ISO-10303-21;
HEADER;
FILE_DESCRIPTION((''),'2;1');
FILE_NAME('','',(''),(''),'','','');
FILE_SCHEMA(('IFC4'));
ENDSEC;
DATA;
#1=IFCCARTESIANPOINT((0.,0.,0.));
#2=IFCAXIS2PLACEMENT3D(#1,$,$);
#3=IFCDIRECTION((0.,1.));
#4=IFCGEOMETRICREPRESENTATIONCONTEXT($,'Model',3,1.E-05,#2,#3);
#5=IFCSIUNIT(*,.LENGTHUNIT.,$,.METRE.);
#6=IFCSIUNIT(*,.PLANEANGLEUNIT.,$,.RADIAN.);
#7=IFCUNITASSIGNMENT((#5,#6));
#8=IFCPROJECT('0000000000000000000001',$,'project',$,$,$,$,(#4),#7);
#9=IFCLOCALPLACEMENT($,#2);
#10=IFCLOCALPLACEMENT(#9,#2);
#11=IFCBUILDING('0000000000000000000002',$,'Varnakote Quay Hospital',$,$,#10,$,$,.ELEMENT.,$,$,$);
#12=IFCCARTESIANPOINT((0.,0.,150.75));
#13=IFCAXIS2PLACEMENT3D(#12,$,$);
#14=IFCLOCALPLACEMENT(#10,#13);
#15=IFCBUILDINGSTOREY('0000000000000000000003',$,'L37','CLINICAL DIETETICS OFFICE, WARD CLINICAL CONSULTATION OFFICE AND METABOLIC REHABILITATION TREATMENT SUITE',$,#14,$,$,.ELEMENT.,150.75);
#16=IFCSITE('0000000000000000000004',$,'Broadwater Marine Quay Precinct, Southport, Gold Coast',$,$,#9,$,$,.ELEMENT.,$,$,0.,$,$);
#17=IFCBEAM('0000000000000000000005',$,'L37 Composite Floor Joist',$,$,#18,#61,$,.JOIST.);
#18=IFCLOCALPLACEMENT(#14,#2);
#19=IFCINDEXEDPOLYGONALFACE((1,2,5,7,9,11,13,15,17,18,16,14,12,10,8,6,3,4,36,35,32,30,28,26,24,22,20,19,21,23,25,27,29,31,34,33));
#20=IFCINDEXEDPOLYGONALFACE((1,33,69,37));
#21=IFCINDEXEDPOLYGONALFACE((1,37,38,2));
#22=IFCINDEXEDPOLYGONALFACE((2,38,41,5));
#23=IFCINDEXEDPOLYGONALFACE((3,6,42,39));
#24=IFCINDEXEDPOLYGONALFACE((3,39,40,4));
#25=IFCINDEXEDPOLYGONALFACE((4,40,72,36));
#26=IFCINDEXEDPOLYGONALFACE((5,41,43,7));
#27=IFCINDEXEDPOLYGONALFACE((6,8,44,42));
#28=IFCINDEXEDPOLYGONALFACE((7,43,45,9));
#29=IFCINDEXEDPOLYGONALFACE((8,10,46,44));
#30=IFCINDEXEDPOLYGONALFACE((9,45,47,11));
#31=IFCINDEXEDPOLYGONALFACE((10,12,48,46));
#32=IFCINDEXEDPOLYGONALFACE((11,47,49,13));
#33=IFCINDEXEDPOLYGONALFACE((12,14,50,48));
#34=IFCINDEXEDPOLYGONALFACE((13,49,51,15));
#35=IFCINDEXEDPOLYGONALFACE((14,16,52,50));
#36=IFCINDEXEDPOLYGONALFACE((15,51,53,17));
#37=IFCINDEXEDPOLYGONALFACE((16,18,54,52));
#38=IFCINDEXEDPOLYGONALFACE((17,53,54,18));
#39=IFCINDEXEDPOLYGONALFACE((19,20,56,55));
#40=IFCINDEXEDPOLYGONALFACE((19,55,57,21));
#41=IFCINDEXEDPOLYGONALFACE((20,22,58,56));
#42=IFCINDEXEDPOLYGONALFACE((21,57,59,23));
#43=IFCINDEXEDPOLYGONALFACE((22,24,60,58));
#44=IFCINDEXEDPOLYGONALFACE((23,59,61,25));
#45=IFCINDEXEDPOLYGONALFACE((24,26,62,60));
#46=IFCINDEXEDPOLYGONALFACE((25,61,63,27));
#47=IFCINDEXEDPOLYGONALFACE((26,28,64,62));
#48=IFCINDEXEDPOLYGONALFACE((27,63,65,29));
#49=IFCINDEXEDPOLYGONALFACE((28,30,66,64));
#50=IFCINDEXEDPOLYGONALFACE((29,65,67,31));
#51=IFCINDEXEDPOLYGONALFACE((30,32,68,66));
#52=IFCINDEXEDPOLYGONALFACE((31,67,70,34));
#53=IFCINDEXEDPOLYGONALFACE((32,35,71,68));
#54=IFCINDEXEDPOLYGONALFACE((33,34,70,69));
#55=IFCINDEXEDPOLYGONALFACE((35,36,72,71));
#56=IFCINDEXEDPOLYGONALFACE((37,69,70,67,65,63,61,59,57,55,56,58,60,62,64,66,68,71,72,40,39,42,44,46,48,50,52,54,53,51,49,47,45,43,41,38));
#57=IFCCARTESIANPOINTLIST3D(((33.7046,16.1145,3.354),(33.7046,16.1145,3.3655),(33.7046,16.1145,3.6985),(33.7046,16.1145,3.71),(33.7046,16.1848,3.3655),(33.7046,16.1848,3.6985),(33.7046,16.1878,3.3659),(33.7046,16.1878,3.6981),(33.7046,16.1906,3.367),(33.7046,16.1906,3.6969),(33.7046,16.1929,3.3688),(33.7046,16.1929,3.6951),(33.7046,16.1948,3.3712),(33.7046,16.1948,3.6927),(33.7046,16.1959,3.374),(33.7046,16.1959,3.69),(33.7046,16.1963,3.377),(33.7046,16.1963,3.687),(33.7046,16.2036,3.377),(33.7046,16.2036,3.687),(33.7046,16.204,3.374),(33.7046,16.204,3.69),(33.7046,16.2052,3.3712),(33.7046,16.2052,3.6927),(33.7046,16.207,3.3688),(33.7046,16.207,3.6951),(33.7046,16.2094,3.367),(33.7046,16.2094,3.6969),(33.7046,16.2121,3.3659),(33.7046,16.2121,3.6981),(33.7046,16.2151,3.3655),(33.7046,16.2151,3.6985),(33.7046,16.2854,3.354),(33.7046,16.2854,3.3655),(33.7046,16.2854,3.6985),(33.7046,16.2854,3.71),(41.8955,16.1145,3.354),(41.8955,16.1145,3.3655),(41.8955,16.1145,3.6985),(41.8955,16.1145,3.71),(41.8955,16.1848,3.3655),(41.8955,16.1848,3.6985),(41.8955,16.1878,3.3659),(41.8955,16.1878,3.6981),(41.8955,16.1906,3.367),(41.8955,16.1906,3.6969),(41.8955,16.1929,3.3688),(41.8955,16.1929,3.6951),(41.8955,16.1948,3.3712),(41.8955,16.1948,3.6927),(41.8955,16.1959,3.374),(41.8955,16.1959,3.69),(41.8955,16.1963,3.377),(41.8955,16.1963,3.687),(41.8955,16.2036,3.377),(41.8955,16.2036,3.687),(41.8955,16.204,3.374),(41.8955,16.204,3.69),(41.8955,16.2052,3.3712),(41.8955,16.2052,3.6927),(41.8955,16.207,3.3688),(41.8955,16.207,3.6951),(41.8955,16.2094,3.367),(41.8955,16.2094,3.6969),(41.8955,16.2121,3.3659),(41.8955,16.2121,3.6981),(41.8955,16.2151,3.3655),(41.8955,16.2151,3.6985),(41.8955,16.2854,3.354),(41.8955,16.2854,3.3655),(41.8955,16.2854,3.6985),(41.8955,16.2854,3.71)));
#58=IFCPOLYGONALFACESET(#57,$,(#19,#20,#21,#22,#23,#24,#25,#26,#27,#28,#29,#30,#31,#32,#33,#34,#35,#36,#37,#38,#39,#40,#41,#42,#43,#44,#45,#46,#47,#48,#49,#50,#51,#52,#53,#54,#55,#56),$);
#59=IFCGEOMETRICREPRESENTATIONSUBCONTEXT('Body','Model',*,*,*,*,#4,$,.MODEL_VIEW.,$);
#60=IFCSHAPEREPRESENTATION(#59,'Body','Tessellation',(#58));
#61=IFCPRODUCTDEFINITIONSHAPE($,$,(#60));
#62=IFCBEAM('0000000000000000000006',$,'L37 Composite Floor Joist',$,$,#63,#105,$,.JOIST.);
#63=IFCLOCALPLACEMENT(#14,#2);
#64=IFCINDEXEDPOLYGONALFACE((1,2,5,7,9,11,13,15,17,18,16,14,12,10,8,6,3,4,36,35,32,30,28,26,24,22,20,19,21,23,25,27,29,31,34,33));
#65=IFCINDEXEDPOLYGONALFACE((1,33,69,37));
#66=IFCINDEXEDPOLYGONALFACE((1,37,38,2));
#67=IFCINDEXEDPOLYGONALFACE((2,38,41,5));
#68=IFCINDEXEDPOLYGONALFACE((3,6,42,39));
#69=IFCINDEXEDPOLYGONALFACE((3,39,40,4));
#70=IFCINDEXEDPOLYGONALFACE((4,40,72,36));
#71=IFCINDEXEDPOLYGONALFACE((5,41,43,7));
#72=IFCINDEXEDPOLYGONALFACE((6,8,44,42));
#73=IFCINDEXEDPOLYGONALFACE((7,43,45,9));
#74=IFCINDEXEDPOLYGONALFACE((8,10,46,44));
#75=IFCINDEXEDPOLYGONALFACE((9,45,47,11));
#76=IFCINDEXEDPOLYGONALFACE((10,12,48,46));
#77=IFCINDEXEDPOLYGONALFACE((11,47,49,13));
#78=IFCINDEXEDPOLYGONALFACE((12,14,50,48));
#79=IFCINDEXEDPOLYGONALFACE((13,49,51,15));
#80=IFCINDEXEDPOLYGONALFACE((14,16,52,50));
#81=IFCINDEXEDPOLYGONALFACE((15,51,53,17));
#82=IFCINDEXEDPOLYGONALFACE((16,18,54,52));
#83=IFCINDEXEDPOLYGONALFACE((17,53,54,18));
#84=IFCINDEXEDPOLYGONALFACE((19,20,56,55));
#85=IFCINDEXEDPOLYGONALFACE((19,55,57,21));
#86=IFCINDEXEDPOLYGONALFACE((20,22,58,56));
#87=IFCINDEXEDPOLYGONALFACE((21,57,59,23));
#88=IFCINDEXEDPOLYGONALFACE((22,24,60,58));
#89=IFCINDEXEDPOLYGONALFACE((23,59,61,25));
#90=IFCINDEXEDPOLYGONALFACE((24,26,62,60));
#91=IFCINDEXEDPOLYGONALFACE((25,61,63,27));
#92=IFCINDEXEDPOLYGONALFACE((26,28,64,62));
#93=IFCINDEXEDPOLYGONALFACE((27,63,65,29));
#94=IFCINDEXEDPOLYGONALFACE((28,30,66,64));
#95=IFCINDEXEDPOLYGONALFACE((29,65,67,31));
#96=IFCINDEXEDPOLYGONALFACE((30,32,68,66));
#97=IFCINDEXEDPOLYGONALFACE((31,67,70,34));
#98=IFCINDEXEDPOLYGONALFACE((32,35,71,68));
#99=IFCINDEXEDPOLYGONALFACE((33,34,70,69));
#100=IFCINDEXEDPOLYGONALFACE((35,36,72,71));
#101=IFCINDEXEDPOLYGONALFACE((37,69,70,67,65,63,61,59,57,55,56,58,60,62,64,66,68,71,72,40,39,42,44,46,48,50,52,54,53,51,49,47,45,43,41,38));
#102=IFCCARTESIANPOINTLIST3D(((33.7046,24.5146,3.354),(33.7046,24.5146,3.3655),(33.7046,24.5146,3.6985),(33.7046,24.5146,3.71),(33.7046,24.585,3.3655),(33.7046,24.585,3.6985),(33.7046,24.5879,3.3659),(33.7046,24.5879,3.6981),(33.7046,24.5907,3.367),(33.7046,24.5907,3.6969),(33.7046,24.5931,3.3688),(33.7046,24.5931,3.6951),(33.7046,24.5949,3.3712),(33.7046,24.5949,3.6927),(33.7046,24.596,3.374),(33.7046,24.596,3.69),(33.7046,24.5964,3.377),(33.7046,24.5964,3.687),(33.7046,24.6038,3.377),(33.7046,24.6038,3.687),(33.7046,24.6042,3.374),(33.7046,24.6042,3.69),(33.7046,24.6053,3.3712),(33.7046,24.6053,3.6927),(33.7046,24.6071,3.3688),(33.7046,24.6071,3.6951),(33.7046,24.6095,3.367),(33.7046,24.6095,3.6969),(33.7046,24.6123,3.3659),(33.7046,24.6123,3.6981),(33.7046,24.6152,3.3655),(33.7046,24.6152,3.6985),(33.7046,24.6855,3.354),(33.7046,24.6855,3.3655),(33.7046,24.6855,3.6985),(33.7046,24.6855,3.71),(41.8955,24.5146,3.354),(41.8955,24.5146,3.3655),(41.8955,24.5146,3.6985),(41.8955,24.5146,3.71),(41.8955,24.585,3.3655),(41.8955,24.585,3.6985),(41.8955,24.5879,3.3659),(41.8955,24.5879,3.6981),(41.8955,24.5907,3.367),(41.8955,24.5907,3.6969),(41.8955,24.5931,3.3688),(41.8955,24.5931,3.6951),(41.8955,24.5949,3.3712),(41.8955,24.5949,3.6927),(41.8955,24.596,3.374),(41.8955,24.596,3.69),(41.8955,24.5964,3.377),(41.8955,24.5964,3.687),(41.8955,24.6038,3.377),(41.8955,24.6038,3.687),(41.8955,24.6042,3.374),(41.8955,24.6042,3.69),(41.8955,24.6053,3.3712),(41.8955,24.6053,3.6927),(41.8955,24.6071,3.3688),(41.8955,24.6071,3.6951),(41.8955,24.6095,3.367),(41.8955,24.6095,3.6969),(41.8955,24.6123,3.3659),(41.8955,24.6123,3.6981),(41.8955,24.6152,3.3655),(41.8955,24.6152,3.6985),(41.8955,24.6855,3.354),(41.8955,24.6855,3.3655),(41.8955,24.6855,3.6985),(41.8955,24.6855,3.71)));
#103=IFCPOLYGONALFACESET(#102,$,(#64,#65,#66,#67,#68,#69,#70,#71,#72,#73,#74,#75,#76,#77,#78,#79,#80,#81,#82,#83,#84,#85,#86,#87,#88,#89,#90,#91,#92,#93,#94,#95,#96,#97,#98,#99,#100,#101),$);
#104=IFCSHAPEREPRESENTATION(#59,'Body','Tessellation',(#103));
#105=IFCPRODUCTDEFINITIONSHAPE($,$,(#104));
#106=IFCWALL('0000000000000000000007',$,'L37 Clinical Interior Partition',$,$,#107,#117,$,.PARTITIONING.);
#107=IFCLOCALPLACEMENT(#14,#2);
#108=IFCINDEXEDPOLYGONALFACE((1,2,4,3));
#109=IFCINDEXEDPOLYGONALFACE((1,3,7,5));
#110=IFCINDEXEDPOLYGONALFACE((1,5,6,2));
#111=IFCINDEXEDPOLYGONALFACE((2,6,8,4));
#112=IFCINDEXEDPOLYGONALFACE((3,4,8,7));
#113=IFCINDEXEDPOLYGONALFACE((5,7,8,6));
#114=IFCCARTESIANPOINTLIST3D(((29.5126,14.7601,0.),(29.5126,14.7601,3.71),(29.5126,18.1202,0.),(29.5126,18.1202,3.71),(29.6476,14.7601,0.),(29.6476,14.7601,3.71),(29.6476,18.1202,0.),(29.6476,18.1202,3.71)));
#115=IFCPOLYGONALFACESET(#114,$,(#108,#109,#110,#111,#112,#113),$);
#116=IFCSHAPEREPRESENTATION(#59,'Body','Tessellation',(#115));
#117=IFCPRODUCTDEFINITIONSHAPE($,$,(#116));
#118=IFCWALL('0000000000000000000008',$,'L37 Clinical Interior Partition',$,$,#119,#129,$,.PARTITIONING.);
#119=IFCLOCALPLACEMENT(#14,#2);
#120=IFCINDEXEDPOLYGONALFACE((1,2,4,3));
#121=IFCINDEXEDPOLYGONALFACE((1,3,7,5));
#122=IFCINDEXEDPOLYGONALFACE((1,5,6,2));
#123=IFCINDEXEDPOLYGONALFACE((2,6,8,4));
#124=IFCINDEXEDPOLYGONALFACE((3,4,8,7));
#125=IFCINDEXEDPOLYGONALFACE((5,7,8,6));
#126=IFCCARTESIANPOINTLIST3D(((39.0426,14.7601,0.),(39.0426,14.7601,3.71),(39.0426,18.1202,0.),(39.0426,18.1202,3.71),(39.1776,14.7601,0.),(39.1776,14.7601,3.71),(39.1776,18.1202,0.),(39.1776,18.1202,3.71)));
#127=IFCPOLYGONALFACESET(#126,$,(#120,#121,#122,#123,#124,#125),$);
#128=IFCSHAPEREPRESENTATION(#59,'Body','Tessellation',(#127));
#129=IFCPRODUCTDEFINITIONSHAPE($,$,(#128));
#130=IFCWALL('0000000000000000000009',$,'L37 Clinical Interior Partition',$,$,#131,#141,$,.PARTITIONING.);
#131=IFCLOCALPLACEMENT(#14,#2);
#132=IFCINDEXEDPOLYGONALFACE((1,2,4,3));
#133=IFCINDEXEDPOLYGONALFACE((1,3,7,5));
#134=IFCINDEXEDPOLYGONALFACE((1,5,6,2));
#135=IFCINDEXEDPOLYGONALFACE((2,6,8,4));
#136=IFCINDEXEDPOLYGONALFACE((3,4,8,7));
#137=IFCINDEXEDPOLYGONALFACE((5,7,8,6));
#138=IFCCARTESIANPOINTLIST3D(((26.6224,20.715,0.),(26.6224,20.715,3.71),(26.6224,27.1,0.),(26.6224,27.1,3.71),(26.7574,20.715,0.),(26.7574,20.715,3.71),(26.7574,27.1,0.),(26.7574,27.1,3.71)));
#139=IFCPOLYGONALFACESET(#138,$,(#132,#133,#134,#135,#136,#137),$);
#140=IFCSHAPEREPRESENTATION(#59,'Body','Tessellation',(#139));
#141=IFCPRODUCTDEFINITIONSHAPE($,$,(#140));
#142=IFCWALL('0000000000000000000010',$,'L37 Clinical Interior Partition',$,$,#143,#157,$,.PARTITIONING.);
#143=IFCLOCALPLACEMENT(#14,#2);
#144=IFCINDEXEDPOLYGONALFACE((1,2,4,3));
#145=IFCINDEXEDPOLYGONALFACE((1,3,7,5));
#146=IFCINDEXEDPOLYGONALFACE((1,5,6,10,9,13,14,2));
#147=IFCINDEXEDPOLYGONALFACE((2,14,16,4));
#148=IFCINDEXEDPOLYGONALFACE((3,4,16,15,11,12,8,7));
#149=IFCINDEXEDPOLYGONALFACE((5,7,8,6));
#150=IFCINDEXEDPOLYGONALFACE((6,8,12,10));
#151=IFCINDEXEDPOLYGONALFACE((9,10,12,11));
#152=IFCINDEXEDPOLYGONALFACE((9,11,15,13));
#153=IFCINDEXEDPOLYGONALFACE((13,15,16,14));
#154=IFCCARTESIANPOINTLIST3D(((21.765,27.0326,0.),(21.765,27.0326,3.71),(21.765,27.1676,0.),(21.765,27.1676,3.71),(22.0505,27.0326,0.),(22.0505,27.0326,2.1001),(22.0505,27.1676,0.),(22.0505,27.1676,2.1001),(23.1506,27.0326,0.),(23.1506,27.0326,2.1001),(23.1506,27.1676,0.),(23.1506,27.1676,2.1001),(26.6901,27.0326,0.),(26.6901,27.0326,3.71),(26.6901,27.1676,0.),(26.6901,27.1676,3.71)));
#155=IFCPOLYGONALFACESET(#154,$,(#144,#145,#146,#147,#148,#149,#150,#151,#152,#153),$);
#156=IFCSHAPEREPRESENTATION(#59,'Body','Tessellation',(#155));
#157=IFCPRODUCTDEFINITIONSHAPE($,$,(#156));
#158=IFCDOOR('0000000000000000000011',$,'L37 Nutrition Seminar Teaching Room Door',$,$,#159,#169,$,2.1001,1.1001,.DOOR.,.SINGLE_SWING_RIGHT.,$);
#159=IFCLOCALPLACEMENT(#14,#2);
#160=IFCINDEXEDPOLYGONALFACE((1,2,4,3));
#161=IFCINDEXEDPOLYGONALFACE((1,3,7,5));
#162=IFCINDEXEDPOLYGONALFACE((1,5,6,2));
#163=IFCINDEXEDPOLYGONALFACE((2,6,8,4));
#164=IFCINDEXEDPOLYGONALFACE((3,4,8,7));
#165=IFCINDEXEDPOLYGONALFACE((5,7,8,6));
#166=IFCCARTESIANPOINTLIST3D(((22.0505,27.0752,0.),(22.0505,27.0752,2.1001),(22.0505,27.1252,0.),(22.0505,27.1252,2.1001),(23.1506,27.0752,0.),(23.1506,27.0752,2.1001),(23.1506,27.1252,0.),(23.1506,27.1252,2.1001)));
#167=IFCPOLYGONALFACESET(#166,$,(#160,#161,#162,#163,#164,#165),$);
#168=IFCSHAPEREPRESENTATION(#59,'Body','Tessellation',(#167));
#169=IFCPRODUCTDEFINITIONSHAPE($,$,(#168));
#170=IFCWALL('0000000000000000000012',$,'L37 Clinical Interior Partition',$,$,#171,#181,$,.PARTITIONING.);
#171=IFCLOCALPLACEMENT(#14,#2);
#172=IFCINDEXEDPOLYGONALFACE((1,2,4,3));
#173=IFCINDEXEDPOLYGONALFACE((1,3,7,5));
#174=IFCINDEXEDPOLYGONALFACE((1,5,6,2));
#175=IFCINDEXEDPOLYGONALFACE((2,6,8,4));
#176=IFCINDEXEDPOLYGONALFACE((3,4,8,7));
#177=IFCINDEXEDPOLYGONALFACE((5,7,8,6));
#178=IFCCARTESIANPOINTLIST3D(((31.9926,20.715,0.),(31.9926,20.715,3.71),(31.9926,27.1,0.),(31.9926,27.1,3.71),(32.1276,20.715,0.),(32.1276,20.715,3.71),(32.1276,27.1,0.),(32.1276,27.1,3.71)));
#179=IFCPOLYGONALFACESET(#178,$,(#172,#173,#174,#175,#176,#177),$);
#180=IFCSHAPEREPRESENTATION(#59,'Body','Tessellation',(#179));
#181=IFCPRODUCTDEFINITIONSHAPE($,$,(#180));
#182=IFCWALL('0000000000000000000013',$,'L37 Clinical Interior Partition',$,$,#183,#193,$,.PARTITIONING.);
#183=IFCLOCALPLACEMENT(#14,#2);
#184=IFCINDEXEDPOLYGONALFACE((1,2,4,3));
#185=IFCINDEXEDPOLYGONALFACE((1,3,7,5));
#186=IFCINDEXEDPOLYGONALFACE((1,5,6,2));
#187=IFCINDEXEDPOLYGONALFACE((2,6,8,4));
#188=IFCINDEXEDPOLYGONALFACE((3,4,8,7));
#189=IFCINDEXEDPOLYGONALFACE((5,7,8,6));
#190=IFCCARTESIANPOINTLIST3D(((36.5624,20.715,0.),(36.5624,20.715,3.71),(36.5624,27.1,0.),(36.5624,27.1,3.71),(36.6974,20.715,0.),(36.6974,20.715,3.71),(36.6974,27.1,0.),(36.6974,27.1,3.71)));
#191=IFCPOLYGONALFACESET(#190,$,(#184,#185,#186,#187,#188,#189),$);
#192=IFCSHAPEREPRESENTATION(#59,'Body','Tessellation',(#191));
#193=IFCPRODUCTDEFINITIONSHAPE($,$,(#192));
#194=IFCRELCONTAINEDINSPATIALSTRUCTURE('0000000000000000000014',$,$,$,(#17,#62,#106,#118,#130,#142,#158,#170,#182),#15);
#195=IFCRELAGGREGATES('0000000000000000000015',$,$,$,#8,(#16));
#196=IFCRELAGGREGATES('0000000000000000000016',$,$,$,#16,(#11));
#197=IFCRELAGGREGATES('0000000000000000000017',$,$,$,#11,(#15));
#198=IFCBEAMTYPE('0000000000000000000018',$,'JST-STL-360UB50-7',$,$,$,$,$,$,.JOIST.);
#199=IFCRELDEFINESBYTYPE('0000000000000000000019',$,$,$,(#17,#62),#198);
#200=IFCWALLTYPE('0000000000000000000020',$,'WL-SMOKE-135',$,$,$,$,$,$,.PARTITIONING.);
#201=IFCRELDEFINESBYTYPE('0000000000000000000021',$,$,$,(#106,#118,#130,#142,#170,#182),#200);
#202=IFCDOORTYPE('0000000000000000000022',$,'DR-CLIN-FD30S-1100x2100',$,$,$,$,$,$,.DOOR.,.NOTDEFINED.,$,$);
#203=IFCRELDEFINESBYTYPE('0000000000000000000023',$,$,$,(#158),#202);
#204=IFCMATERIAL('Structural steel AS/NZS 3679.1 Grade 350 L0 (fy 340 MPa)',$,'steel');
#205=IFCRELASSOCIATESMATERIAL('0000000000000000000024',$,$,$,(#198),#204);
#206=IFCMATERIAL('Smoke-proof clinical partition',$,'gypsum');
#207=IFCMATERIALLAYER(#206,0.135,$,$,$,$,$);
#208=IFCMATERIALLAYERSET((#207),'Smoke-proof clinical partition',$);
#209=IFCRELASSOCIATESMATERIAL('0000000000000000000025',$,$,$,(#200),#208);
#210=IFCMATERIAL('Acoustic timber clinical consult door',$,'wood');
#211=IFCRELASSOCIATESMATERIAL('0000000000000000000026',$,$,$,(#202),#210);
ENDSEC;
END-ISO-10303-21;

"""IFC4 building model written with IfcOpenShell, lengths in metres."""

from ifc_helpers import new_model, si_unit, direction, frame, frame_2d, origin, origin_2d, place, context, subcontext, project, spatial, rectangle, i_section, extrude, material, layer, layer_set, material_profile, profile_set, type_object, element, fill, save


model = new_model("IFC4")

# Units and contexts
model_context = context("Model", 3, precision=1e-05, world=origin(), true_north=direction((0.0, 1.0)))
body_context = subcontext(model_context, "Body", "Model", "MODEL_VIEW")
ifc_project = project(units=[si_unit("LENGTHUNIT", "METRE"), si_unit("PLANEANGLEUNIT", "RADIAN")], contexts=[model_context])

# Site, building, storey
site_placement = place(None, origin())
site = spatial("IfcSite", under=ifc_project, at=site_placement, Name="Broadwater Marine Quay Precinct, Southport, Gold Coast", CompositionType="ELEMENT", RefElevation=0.0)
building_placement = place(site_placement, origin())
building = spatial("IfcBuilding", under=site, at=building_placement, Name="Varnakote Quay Hospital", CompositionType="ELEMENT")
storey_placement = place(building_placement, frame((0.0, 0.0, 150.75)))
storey = spatial("IfcBuildingStorey", under=building, at=storey_placement, Name="L37", Description="CLINICAL DIETETICS OFFICE, WARD CLINICAL CONSULTATION OFFICE AND METABOLIC REHABILITATION TREATMENT SUITE", CompositionType="ELEMENT", Elevation=150.75)

# Beams
ifc_material_1 = material(Name="Structural steel AS/NZS 3679.1 Grade 350 L0 (fy 340 MPa)", Category="steel")
ifc_material_profile_1 = material_profile(ifc_material_1, i_section(OverallWidth=0.1709, OverallDepth=0.356, WebThickness=0.0073, FlangeThickness=0.0115, FilletRadius=0.0115, at=origin_2d()), Name="360UB50.7")
ifc_profile_set_1 = profile_set([ifc_material_profile_1], Name="Structural steel AS/NZS 3679.1 Grade 350 L0 (fy 340 MPa)")
beam_type_1 = type_object("IfcBeamType", Name="JST-STL-360UB50-7", PredefinedType="JOIST", material=ifc_profile_set_1)
for number, where, z_axis, x_axis, name in (
    (1, (33.7046, 16.2, 3.532), (1.0, 0.0, 0.0), (0.0, 1.0, 0.0), "L37 Composite Floor Joist"),
    (2, (33.7046, 24.6001, 3.532), (1.0, 0.0, 0.0), (0.0, 1.0, 0.0), "L37 Composite Floor Joist"),
):
    element("IfcBeam", number, at=place(storey_placement, frame(where, z_axis=z_axis, x_axis=x_axis)), inside=storey, type_object=beam_type_1, Name=name, PredefinedType="JOIST", context=body_context, shape_type="SweptSolid", body=[
        extrude(i_section(OverallWidth=0.1709, OverallDepth=0.356, WebThickness=0.0073, FlangeThickness=0.0115, FilletRadius=0.0115, at=origin_2d()), origin(), (0.0, 0.0, 1.0), 8.1909),
    ])

# Walls
ifc_material_2 = material(Name="Smoke-proof clinical partition", Category="gypsum")
ifc_layer_1 = layer(ifc_material_2, 0.135)
ifc_layer_set_1 = layer_set([ifc_layer_1], Name="Smoke-proof clinical partition")
wall_type_1 = type_object("IfcWallType", Name="WL-SMOKE-135", PredefinedType="PARTITIONING", material=ifc_layer_set_1)
for number, where, z_axis, x_axis, name in (
    (3, (29.5801, 14.76, 0.0), (0.0, 0.0, 1.0), (0.0, 1.0, 0.0), "L37 Clinical Interior Partition"),
    (4, (39.1101, 14.76, 0.0), (0.0, 0.0, 1.0), (0.0, 1.0, 0.0), "L37 Clinical Interior Partition"),
):
    element("IfcWall", number, at=place(storey_placement, frame(where, z_axis=z_axis, x_axis=x_axis)), inside=storey, type_object=wall_type_1, Name=name, PredefinedType="PARTITIONING", context=body_context, shape_type="SweptSolid", body=[
        extrude(rectangle(XDim=3.3601, YDim=0.135, at=frame_2d((1.6802, 0.0))), origin(), (0.0, 0.0, 1.0), 3.71),
    ])
wall_1_placement = place(storey_placement, frame((26.6899, 20.7151, 0.0), z_axis=(0.0, 0.0, 1.0), x_axis=(0.0, 1.0, 0.0)))
element("IfcWall", 5, at=wall_1_placement, inside=storey, type_object=wall_type_1, Name="L37 Clinical Interior Partition", PredefinedType="PARTITIONING", context=body_context, shape_type="SweptSolid", body=[
    extrude(rectangle(XDim=6.385, YDim=0.135, at=frame_2d((3.1924, 0.0))), origin(), (0.0, 0.0, 1.0), 3.71),
])

# Wall, opening, door
wall_2_placement = place(storey_placement, frame((26.6899, 27.1001, 0.0), z_axis=(0.0, 0.0, 1.0), x_axis=(-1.0, 0.0, 0.0)))
wall_2 = element("IfcWall", 6, at=wall_2_placement, inside=storey, type_object=wall_type_1, Name="L37 Clinical Interior Partition", PredefinedType="PARTITIONING", context=body_context, shape_type="SweptSolid", body=[
    extrude(rectangle(XDim=4.925, YDim=0.135, at=frame_2d((2.4624, 0.0))), origin(), (0.0, 0.0, 1.0), 3.71),
])
opening_1_placement = place(wall_2_placement, frame((3.5393, 0.0, 0.0)))
opening_1 = element("IfcOpeningElement", 7, at=opening_1_placement, cuts=wall_2, PredefinedType="OPENING", context=body_context, shape_type="SweptSolid", body=[
    extrude(rectangle(XDim=1.1001, YDim=2.1001, at=frame_2d((0.55, 1.05))), frame((0.0, 0.0774, 0.0), z_axis=(0.0, -1.0, 0.0), x_axis=(1.0, 0.0, 0.0)), (0.0, 0.0, 1.0), 0.155),
])
ifc_material_3 = material(Name="Acoustic timber clinical consult door", Category="wood")
door_type = type_object("IfcDoorType", Name="DR-CLIN-FD30S-1100x2100", OperationType="NOTDEFINED", PredefinedType="DOOR", material=ifc_material_3)
door_1_placement = place(opening_1_placement, origin())
door_1 = element("IfcDoor", 8, at=door_1_placement, inside=storey, type_object=door_type, Name="L37 Nutrition Seminar Teaching Room Door", OperationType="SINGLE_SWING_RIGHT", OverallHeight=2.1001, OverallWidth=1.1001, PredefinedType="DOOR", context=body_context, shape_type="SweptSolid", body=[
    extrude(rectangle(XDim=1.1001, YDim=2.1001, at=frame_2d((0.55, 1.05))), frame((0.0, 0.0249, 0.0), z_axis=(0.0, -1.0, 0.0), x_axis=(1.0, 0.0, 0.0)), (0.0, 0.0, 1.0), 0.05),
])
fill(opening_1, door_1)

# Walls
for number, where, z_axis, x_axis, name in (
    (9, (32.0601, 20.7151, 0.0), (0.0, 0.0, 1.0), (0.0, 1.0, 0.0), "L37 Clinical Interior Partition"),
    (10, (36.6299, 20.7151, 0.0), (0.0, 0.0, 1.0), (0.0, 1.0, 0.0), "L37 Clinical Interior Partition"),
):
    element("IfcWall", number, at=place(storey_placement, frame(where, z_axis=z_axis, x_axis=x_axis)), inside=storey, type_object=wall_type_1, Name=name, PredefinedType="PARTITIONING", context=body_context, shape_type="SweptSolid", body=[
        extrude(rectangle(XDim=6.385, YDim=0.135, at=frame_2d((3.1924, 0.0))), origin(), (0.0, 0.0, 1.0), 3.71),
    ])

save(model, "model.ifc")
